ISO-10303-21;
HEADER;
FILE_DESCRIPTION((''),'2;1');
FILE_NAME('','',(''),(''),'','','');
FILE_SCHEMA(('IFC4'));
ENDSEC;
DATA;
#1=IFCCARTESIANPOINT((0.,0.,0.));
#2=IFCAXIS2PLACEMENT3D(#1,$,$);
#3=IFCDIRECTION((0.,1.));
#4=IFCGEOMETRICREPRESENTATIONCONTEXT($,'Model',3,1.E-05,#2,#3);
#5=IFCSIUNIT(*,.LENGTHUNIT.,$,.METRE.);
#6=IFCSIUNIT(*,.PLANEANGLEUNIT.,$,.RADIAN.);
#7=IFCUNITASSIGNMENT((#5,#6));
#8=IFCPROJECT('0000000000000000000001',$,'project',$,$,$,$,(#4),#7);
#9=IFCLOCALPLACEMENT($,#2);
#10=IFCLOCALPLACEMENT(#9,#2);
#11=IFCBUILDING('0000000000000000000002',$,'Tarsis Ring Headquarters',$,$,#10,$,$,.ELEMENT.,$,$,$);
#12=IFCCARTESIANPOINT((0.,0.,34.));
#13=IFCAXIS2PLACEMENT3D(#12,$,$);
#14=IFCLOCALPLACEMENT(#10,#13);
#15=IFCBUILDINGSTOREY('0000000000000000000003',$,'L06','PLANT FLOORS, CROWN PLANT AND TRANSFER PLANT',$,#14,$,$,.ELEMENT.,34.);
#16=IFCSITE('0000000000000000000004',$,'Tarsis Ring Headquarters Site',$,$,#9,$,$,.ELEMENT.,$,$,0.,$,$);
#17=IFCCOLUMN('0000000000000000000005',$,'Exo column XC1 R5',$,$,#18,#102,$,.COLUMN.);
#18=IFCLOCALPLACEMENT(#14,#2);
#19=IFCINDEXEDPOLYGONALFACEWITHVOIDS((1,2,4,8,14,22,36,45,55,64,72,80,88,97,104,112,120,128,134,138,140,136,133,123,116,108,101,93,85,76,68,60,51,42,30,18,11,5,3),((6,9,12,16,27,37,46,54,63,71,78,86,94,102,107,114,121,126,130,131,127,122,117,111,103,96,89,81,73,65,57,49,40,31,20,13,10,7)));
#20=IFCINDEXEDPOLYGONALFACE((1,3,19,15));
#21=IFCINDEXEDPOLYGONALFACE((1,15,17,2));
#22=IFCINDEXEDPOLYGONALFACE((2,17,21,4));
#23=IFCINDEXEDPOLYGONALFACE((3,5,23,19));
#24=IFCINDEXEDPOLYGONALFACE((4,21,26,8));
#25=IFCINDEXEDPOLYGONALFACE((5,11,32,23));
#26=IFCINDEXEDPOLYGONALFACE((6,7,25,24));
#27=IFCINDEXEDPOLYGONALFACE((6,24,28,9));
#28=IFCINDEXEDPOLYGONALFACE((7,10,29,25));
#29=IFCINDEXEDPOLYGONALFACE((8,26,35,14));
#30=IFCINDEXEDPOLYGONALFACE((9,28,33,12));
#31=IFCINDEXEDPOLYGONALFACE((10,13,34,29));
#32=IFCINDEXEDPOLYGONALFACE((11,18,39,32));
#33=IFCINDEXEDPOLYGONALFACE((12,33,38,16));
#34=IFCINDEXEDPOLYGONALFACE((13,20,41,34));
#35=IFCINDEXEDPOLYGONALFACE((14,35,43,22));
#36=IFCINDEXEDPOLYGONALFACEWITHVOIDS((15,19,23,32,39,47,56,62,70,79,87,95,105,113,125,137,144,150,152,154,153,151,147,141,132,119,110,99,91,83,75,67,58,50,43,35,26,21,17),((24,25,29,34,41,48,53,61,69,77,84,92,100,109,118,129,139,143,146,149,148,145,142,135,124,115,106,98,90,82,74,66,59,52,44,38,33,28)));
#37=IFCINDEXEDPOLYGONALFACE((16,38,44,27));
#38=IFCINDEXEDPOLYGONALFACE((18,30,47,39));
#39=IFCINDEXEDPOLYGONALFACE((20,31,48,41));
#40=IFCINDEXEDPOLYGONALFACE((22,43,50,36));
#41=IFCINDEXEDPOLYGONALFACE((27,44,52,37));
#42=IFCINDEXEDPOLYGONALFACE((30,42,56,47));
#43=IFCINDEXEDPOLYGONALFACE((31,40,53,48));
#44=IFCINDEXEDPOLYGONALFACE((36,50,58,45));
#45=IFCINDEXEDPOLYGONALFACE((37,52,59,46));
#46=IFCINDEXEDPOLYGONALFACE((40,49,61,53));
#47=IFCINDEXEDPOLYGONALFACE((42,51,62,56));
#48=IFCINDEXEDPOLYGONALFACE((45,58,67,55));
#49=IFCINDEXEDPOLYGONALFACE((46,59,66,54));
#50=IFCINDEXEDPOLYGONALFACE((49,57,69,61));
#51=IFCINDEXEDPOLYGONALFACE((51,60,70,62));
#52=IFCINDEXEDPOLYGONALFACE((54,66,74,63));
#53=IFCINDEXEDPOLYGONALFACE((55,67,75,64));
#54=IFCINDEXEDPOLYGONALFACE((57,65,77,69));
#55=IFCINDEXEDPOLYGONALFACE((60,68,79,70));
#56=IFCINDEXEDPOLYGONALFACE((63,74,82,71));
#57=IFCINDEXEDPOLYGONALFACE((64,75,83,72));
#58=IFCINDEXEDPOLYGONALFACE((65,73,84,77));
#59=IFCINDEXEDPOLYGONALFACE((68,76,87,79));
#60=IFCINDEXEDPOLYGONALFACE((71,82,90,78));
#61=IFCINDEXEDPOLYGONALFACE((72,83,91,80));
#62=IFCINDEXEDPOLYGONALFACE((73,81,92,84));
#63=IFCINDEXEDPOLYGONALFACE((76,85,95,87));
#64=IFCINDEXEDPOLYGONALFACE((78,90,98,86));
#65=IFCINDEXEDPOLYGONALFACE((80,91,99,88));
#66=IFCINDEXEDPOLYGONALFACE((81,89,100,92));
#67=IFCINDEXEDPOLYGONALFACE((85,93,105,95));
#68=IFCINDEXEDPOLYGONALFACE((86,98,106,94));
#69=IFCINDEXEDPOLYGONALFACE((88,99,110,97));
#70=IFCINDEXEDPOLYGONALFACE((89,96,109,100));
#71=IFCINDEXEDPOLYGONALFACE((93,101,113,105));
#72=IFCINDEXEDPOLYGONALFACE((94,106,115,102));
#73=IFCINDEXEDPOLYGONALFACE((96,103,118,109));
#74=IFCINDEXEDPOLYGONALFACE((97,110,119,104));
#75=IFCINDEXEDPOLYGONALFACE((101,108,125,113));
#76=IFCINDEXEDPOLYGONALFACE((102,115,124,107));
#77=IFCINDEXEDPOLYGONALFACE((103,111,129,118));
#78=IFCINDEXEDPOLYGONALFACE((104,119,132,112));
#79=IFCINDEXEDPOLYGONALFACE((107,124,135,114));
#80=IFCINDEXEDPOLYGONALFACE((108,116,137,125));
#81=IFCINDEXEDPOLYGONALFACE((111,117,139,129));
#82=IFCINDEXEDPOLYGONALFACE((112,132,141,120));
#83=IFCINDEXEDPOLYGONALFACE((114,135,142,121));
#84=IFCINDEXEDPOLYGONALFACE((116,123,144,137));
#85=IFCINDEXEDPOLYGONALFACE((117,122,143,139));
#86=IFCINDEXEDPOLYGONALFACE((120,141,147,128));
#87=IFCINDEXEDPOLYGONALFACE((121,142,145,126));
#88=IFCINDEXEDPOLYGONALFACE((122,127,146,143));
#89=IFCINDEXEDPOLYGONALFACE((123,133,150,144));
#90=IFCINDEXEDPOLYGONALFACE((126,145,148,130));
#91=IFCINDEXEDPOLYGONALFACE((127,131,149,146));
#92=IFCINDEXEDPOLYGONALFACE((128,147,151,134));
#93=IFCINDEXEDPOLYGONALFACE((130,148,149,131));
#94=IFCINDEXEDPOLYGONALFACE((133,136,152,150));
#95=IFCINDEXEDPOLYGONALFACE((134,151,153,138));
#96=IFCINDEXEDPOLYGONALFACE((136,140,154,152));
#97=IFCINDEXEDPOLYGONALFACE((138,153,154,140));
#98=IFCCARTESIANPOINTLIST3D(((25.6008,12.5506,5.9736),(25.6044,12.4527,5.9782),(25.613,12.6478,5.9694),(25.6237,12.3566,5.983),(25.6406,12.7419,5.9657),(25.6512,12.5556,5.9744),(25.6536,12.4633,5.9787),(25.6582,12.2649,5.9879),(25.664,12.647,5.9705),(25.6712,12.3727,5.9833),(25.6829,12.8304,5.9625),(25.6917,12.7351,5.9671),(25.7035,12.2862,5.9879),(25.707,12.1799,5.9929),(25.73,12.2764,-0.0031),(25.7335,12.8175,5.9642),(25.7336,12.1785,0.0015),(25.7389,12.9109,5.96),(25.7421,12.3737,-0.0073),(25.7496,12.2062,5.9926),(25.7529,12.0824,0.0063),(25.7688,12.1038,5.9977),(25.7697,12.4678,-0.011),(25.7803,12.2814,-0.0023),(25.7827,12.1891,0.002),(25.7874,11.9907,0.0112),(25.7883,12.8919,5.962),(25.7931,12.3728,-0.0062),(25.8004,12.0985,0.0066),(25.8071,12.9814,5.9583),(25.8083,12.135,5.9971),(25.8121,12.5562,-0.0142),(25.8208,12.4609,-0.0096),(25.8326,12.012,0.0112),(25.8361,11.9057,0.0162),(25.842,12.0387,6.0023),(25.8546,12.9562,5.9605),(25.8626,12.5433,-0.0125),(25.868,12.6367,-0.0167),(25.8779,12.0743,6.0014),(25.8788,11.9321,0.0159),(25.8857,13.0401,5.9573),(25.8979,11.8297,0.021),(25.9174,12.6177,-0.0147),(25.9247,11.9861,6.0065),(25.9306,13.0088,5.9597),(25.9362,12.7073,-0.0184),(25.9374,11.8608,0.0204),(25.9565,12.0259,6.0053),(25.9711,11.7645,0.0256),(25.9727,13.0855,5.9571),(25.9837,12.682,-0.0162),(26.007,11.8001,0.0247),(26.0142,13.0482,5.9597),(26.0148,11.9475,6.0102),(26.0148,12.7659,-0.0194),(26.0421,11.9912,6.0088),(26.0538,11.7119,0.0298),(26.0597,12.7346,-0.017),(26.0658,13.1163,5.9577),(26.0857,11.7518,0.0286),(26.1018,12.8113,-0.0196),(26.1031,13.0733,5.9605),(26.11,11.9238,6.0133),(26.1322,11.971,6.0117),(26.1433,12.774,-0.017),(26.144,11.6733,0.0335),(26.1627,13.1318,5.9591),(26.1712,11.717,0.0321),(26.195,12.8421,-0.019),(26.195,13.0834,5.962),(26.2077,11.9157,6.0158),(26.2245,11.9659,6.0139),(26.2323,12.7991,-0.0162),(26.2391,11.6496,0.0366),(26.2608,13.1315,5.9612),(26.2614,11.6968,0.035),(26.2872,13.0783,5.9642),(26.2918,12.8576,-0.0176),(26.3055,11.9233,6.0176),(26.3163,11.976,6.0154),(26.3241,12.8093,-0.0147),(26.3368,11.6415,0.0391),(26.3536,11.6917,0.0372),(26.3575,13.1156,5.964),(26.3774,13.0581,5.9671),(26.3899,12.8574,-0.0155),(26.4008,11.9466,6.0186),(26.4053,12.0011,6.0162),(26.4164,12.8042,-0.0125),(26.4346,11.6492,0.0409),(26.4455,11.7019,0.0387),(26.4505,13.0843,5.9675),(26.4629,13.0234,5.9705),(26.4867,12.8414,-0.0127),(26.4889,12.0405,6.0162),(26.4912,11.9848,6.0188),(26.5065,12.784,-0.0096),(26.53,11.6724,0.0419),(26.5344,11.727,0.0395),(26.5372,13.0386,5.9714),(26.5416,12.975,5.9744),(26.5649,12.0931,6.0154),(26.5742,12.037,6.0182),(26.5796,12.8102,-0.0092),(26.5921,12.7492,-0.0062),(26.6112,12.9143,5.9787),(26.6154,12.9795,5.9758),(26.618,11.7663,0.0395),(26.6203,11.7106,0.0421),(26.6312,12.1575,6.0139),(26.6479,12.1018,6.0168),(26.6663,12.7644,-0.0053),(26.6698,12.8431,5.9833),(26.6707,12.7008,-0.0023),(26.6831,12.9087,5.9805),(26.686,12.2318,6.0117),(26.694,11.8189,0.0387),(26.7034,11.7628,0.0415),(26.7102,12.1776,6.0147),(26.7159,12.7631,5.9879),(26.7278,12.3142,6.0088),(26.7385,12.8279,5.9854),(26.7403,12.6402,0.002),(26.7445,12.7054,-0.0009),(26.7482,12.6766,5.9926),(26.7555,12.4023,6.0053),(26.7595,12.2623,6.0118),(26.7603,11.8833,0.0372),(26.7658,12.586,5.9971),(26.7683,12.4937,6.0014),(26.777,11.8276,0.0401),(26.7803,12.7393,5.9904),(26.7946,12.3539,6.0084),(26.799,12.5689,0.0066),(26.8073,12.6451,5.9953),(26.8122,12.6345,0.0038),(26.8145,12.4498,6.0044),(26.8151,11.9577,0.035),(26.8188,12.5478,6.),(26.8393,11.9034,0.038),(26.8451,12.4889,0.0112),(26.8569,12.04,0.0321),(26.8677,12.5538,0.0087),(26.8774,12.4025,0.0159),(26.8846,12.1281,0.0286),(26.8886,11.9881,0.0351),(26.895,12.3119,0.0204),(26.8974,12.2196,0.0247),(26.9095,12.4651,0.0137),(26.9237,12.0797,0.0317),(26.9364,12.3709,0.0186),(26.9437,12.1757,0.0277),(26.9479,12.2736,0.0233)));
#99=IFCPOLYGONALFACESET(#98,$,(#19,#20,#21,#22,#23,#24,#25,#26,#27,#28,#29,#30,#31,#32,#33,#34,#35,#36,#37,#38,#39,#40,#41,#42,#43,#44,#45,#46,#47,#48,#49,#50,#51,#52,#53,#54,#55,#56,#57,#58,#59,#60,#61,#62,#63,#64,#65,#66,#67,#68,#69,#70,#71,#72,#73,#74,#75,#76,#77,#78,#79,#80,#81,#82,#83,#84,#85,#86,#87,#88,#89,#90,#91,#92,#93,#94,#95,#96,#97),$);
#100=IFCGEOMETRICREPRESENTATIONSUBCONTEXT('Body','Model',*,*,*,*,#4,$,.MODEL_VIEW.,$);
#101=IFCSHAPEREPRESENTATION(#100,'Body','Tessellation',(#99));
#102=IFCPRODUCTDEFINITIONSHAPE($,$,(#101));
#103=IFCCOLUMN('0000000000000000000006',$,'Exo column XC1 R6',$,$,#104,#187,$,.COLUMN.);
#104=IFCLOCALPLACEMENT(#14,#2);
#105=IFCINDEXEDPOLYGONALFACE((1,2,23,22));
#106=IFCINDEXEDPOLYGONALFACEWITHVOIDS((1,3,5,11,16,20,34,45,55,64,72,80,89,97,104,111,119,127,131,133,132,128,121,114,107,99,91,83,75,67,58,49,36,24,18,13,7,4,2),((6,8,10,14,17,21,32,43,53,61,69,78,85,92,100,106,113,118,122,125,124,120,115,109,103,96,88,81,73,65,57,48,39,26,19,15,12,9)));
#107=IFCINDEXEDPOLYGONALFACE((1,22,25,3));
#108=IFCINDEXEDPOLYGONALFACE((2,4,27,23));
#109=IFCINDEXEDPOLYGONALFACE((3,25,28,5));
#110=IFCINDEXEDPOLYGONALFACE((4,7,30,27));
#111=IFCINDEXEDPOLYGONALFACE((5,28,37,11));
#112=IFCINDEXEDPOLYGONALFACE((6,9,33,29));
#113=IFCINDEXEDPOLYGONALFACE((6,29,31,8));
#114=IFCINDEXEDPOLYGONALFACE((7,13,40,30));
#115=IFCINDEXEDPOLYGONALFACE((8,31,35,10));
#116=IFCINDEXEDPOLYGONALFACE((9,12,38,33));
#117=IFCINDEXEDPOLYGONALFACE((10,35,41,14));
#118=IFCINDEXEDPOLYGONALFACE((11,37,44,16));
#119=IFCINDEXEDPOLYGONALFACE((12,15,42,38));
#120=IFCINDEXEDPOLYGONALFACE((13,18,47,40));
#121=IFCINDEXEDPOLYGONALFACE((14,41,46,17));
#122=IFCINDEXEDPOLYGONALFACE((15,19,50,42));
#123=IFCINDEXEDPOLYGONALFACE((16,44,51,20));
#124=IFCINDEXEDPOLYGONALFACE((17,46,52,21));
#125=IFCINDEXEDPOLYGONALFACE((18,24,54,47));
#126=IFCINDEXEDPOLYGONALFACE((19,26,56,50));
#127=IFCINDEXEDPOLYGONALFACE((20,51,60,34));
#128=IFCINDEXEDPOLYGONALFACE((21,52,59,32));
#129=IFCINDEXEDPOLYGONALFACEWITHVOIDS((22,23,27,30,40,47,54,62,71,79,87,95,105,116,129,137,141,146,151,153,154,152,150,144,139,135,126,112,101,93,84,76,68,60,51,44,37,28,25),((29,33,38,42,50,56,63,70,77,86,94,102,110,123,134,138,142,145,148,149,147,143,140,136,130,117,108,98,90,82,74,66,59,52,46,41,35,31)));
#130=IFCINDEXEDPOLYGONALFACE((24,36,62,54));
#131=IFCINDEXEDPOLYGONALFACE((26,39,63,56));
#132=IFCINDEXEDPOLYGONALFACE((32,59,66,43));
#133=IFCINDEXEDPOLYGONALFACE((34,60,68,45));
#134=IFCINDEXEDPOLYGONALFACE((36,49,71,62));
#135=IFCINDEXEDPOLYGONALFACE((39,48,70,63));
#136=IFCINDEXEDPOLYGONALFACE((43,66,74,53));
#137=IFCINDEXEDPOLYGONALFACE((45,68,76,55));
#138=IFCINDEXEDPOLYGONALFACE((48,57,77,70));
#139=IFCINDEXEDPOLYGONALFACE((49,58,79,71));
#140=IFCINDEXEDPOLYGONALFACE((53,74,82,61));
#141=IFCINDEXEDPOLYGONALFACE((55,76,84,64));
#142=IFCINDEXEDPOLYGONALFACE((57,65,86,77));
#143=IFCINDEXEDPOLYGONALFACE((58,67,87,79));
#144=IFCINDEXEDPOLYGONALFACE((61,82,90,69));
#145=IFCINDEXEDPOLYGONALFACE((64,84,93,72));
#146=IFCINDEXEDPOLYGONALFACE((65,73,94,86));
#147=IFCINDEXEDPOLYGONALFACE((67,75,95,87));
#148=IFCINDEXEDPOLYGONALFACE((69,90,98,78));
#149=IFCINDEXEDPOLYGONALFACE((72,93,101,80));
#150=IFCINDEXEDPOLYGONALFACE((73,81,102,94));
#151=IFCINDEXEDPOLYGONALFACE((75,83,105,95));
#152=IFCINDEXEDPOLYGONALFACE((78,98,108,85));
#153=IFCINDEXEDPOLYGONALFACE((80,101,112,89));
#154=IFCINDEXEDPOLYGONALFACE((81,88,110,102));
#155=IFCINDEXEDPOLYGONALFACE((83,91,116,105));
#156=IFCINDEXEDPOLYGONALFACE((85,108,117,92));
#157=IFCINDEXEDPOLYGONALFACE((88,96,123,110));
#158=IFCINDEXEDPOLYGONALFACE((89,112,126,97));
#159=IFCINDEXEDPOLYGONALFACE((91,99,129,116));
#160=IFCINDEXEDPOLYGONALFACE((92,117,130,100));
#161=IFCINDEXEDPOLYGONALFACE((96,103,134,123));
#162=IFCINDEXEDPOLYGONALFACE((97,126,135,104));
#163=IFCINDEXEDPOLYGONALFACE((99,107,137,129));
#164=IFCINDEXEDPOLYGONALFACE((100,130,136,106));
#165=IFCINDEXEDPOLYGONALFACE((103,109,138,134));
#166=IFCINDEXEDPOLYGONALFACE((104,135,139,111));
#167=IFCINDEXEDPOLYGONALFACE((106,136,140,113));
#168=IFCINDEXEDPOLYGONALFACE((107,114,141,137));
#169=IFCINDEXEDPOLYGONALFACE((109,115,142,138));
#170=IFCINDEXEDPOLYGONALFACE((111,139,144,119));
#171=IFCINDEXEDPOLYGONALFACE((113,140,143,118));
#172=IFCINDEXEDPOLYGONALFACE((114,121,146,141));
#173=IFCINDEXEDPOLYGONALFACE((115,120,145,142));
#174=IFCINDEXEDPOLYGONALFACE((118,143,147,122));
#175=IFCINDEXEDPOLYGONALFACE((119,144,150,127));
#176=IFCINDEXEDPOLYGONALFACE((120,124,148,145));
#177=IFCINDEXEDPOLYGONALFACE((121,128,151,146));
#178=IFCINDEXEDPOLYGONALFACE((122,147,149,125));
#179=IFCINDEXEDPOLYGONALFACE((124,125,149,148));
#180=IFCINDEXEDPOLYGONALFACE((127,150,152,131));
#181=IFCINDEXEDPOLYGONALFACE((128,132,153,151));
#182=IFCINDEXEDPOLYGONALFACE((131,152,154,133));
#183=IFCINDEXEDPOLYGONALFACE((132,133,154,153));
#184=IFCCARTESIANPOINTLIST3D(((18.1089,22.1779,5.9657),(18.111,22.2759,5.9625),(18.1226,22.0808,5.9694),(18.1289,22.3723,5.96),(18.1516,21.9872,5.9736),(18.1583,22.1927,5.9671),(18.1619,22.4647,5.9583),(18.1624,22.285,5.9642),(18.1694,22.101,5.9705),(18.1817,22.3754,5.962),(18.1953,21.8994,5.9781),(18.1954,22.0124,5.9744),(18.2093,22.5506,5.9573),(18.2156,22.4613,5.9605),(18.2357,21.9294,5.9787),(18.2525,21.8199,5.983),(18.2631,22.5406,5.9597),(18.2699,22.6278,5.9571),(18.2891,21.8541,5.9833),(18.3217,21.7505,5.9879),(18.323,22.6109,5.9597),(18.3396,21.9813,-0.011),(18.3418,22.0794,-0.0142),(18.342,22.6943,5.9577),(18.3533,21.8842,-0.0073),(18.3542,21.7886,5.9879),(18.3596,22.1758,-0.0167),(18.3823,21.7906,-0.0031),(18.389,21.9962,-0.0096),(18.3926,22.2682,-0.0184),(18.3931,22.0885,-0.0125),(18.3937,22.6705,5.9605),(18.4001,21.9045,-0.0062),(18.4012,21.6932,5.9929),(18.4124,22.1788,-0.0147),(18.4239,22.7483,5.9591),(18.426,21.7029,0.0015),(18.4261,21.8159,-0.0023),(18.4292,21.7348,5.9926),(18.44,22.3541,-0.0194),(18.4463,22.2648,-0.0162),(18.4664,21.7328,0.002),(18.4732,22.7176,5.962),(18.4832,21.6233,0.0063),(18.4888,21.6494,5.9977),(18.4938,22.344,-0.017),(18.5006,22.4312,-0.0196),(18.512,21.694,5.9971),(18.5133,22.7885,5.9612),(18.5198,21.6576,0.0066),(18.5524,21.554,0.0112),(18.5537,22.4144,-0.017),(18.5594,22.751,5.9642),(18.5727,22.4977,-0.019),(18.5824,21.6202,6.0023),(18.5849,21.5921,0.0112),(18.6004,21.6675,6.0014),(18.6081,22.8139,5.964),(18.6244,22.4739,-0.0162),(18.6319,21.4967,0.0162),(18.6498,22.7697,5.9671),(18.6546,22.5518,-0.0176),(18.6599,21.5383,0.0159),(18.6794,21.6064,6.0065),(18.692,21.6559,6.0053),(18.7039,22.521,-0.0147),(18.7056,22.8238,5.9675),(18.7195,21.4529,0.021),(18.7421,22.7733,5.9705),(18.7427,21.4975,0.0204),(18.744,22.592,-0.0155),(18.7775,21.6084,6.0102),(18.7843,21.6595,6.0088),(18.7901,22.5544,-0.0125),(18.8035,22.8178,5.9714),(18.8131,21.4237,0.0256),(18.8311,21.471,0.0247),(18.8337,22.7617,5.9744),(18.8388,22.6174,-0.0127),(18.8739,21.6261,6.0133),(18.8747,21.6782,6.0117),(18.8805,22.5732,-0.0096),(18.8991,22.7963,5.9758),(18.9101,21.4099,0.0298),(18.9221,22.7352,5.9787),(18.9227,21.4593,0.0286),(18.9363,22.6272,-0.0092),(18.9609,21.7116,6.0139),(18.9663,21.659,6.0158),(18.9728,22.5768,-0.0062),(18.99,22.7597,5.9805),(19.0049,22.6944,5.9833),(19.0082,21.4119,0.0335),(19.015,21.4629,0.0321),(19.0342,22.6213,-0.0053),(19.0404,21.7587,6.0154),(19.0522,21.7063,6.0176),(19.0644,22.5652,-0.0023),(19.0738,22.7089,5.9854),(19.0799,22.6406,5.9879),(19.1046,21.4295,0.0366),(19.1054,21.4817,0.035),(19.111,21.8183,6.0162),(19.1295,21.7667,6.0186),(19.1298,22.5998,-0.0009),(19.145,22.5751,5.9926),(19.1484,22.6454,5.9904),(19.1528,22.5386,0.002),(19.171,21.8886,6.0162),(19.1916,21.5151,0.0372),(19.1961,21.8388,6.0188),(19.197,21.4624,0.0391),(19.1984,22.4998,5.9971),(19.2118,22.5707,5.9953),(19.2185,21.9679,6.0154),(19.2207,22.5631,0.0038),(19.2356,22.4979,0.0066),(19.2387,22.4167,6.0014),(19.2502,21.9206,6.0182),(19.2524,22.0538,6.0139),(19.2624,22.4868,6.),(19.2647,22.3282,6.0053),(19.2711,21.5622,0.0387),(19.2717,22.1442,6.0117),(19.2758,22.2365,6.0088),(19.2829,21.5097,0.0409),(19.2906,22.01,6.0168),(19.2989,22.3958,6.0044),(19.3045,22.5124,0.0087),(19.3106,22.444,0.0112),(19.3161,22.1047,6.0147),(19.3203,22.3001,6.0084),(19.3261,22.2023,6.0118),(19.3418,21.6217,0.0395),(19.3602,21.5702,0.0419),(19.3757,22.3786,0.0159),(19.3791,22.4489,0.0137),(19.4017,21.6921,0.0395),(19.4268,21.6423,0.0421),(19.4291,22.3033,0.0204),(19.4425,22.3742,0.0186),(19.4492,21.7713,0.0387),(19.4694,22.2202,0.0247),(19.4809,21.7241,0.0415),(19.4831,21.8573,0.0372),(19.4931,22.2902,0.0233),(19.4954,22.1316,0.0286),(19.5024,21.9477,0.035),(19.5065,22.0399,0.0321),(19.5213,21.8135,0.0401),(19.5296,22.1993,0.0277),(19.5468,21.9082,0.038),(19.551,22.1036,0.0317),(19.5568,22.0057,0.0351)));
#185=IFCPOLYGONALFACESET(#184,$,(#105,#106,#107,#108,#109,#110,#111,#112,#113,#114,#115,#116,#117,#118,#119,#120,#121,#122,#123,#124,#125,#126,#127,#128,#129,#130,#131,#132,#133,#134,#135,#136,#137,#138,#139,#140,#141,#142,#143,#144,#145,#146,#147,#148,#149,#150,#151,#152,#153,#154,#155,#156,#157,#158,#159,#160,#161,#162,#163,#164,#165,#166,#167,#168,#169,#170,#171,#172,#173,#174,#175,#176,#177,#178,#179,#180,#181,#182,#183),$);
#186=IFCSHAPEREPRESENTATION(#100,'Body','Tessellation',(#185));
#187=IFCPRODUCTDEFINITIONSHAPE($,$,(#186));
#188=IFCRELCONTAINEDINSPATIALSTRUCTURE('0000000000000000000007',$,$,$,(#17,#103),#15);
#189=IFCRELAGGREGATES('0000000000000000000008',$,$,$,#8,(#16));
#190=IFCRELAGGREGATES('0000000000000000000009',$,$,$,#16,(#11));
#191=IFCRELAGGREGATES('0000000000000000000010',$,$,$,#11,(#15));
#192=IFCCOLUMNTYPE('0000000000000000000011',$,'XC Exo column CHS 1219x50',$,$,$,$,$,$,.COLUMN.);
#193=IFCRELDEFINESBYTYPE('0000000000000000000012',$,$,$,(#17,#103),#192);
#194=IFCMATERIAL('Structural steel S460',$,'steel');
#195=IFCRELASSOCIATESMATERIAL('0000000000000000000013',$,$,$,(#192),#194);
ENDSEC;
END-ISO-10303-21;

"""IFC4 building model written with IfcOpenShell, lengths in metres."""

from ifc_helpers import new_model, si_unit, direction, frame, origin, origin_2d, place, context, subcontext, project, spatial, hollow_circle, extrude, material, material_profile, profile_set, type_object, element, save


model = new_model("IFC4")

# Units and contexts
model_context = context("Model", 3, precision=1e-05, world=origin(), true_north=direction((0.0, 1.0)))
body_context = subcontext(model_context, "Body", "Model", "MODEL_VIEW")
ifc_project = project(units=[si_unit("LENGTHUNIT", "METRE"), si_unit("PLANEANGLEUNIT", "RADIAN")], contexts=[model_context])

# Site, building, storey
site_placement = place(None, origin())
site = spatial("IfcSite", under=ifc_project, at=site_placement, Name="Tarsis Ring Headquarters Site", CompositionType="ELEMENT", RefElevation=0.0)
building_placement = place(site_placement, origin())
building = spatial("IfcBuilding", under=site, at=building_placement, Name="Tarsis Ring Headquarters", CompositionType="ELEMENT")
storey_placement = place(building_placement, frame((0.0, 0.0, 34.0)))
storey = spatial("IfcBuildingStorey", under=building, at=storey_placement, Name="L06", Description="PLANT FLOORS, CROWN PLANT AND TRANSFER PLANT", CompositionType="ELEMENT", Elevation=34.0)

# Columns
ifc_material_1 = material(Name="Structural steel S460", Category="steel")
ifc_material_profile_1 = material_profile(ifc_material_1, hollow_circle(Radius=0.6096, WallThickness=0.05, at=origin_2d()), Name="CHS 1219x50")
ifc_profile_set_1 = profile_set([ifc_material_profile_1], Name="Structural steel S460")
column_type = type_object("IfcColumnType", Name="XC Exo column CHS 1219x50", PredefinedType="COLUMN", material=ifc_profile_set_1)
for number, where, z_axis, x_axis, name in (
    (1, (26.3389, 12.2505, 0.0112), (-0.021581, 0.045813, 0.998717), (-0.904654, -0.426146, 0.0), "Exo column XC1 R5"),
    (2, (18.9478, 22.0181, 0.0112), (-0.038552, 0.03284, 0.998717), (-0.648466, -0.761243, 0.0), "Exo column XC1 R6"),
):
    element("IfcColumn", number, at=place(storey_placement, frame(where, z_axis=z_axis, x_axis=x_axis)), inside=storey, type_object=column_type, Name=name, PredefinedType="COLUMN", context=body_context, shape_type="SweptSolid", body=[
        extrude(hollow_circle(Radius=0.6096, WallThickness=0.05, at=origin_2d()), origin(), (0.0, 0.0, 1.0), 5.9844),
    ])

save(model, "model.ifc")
